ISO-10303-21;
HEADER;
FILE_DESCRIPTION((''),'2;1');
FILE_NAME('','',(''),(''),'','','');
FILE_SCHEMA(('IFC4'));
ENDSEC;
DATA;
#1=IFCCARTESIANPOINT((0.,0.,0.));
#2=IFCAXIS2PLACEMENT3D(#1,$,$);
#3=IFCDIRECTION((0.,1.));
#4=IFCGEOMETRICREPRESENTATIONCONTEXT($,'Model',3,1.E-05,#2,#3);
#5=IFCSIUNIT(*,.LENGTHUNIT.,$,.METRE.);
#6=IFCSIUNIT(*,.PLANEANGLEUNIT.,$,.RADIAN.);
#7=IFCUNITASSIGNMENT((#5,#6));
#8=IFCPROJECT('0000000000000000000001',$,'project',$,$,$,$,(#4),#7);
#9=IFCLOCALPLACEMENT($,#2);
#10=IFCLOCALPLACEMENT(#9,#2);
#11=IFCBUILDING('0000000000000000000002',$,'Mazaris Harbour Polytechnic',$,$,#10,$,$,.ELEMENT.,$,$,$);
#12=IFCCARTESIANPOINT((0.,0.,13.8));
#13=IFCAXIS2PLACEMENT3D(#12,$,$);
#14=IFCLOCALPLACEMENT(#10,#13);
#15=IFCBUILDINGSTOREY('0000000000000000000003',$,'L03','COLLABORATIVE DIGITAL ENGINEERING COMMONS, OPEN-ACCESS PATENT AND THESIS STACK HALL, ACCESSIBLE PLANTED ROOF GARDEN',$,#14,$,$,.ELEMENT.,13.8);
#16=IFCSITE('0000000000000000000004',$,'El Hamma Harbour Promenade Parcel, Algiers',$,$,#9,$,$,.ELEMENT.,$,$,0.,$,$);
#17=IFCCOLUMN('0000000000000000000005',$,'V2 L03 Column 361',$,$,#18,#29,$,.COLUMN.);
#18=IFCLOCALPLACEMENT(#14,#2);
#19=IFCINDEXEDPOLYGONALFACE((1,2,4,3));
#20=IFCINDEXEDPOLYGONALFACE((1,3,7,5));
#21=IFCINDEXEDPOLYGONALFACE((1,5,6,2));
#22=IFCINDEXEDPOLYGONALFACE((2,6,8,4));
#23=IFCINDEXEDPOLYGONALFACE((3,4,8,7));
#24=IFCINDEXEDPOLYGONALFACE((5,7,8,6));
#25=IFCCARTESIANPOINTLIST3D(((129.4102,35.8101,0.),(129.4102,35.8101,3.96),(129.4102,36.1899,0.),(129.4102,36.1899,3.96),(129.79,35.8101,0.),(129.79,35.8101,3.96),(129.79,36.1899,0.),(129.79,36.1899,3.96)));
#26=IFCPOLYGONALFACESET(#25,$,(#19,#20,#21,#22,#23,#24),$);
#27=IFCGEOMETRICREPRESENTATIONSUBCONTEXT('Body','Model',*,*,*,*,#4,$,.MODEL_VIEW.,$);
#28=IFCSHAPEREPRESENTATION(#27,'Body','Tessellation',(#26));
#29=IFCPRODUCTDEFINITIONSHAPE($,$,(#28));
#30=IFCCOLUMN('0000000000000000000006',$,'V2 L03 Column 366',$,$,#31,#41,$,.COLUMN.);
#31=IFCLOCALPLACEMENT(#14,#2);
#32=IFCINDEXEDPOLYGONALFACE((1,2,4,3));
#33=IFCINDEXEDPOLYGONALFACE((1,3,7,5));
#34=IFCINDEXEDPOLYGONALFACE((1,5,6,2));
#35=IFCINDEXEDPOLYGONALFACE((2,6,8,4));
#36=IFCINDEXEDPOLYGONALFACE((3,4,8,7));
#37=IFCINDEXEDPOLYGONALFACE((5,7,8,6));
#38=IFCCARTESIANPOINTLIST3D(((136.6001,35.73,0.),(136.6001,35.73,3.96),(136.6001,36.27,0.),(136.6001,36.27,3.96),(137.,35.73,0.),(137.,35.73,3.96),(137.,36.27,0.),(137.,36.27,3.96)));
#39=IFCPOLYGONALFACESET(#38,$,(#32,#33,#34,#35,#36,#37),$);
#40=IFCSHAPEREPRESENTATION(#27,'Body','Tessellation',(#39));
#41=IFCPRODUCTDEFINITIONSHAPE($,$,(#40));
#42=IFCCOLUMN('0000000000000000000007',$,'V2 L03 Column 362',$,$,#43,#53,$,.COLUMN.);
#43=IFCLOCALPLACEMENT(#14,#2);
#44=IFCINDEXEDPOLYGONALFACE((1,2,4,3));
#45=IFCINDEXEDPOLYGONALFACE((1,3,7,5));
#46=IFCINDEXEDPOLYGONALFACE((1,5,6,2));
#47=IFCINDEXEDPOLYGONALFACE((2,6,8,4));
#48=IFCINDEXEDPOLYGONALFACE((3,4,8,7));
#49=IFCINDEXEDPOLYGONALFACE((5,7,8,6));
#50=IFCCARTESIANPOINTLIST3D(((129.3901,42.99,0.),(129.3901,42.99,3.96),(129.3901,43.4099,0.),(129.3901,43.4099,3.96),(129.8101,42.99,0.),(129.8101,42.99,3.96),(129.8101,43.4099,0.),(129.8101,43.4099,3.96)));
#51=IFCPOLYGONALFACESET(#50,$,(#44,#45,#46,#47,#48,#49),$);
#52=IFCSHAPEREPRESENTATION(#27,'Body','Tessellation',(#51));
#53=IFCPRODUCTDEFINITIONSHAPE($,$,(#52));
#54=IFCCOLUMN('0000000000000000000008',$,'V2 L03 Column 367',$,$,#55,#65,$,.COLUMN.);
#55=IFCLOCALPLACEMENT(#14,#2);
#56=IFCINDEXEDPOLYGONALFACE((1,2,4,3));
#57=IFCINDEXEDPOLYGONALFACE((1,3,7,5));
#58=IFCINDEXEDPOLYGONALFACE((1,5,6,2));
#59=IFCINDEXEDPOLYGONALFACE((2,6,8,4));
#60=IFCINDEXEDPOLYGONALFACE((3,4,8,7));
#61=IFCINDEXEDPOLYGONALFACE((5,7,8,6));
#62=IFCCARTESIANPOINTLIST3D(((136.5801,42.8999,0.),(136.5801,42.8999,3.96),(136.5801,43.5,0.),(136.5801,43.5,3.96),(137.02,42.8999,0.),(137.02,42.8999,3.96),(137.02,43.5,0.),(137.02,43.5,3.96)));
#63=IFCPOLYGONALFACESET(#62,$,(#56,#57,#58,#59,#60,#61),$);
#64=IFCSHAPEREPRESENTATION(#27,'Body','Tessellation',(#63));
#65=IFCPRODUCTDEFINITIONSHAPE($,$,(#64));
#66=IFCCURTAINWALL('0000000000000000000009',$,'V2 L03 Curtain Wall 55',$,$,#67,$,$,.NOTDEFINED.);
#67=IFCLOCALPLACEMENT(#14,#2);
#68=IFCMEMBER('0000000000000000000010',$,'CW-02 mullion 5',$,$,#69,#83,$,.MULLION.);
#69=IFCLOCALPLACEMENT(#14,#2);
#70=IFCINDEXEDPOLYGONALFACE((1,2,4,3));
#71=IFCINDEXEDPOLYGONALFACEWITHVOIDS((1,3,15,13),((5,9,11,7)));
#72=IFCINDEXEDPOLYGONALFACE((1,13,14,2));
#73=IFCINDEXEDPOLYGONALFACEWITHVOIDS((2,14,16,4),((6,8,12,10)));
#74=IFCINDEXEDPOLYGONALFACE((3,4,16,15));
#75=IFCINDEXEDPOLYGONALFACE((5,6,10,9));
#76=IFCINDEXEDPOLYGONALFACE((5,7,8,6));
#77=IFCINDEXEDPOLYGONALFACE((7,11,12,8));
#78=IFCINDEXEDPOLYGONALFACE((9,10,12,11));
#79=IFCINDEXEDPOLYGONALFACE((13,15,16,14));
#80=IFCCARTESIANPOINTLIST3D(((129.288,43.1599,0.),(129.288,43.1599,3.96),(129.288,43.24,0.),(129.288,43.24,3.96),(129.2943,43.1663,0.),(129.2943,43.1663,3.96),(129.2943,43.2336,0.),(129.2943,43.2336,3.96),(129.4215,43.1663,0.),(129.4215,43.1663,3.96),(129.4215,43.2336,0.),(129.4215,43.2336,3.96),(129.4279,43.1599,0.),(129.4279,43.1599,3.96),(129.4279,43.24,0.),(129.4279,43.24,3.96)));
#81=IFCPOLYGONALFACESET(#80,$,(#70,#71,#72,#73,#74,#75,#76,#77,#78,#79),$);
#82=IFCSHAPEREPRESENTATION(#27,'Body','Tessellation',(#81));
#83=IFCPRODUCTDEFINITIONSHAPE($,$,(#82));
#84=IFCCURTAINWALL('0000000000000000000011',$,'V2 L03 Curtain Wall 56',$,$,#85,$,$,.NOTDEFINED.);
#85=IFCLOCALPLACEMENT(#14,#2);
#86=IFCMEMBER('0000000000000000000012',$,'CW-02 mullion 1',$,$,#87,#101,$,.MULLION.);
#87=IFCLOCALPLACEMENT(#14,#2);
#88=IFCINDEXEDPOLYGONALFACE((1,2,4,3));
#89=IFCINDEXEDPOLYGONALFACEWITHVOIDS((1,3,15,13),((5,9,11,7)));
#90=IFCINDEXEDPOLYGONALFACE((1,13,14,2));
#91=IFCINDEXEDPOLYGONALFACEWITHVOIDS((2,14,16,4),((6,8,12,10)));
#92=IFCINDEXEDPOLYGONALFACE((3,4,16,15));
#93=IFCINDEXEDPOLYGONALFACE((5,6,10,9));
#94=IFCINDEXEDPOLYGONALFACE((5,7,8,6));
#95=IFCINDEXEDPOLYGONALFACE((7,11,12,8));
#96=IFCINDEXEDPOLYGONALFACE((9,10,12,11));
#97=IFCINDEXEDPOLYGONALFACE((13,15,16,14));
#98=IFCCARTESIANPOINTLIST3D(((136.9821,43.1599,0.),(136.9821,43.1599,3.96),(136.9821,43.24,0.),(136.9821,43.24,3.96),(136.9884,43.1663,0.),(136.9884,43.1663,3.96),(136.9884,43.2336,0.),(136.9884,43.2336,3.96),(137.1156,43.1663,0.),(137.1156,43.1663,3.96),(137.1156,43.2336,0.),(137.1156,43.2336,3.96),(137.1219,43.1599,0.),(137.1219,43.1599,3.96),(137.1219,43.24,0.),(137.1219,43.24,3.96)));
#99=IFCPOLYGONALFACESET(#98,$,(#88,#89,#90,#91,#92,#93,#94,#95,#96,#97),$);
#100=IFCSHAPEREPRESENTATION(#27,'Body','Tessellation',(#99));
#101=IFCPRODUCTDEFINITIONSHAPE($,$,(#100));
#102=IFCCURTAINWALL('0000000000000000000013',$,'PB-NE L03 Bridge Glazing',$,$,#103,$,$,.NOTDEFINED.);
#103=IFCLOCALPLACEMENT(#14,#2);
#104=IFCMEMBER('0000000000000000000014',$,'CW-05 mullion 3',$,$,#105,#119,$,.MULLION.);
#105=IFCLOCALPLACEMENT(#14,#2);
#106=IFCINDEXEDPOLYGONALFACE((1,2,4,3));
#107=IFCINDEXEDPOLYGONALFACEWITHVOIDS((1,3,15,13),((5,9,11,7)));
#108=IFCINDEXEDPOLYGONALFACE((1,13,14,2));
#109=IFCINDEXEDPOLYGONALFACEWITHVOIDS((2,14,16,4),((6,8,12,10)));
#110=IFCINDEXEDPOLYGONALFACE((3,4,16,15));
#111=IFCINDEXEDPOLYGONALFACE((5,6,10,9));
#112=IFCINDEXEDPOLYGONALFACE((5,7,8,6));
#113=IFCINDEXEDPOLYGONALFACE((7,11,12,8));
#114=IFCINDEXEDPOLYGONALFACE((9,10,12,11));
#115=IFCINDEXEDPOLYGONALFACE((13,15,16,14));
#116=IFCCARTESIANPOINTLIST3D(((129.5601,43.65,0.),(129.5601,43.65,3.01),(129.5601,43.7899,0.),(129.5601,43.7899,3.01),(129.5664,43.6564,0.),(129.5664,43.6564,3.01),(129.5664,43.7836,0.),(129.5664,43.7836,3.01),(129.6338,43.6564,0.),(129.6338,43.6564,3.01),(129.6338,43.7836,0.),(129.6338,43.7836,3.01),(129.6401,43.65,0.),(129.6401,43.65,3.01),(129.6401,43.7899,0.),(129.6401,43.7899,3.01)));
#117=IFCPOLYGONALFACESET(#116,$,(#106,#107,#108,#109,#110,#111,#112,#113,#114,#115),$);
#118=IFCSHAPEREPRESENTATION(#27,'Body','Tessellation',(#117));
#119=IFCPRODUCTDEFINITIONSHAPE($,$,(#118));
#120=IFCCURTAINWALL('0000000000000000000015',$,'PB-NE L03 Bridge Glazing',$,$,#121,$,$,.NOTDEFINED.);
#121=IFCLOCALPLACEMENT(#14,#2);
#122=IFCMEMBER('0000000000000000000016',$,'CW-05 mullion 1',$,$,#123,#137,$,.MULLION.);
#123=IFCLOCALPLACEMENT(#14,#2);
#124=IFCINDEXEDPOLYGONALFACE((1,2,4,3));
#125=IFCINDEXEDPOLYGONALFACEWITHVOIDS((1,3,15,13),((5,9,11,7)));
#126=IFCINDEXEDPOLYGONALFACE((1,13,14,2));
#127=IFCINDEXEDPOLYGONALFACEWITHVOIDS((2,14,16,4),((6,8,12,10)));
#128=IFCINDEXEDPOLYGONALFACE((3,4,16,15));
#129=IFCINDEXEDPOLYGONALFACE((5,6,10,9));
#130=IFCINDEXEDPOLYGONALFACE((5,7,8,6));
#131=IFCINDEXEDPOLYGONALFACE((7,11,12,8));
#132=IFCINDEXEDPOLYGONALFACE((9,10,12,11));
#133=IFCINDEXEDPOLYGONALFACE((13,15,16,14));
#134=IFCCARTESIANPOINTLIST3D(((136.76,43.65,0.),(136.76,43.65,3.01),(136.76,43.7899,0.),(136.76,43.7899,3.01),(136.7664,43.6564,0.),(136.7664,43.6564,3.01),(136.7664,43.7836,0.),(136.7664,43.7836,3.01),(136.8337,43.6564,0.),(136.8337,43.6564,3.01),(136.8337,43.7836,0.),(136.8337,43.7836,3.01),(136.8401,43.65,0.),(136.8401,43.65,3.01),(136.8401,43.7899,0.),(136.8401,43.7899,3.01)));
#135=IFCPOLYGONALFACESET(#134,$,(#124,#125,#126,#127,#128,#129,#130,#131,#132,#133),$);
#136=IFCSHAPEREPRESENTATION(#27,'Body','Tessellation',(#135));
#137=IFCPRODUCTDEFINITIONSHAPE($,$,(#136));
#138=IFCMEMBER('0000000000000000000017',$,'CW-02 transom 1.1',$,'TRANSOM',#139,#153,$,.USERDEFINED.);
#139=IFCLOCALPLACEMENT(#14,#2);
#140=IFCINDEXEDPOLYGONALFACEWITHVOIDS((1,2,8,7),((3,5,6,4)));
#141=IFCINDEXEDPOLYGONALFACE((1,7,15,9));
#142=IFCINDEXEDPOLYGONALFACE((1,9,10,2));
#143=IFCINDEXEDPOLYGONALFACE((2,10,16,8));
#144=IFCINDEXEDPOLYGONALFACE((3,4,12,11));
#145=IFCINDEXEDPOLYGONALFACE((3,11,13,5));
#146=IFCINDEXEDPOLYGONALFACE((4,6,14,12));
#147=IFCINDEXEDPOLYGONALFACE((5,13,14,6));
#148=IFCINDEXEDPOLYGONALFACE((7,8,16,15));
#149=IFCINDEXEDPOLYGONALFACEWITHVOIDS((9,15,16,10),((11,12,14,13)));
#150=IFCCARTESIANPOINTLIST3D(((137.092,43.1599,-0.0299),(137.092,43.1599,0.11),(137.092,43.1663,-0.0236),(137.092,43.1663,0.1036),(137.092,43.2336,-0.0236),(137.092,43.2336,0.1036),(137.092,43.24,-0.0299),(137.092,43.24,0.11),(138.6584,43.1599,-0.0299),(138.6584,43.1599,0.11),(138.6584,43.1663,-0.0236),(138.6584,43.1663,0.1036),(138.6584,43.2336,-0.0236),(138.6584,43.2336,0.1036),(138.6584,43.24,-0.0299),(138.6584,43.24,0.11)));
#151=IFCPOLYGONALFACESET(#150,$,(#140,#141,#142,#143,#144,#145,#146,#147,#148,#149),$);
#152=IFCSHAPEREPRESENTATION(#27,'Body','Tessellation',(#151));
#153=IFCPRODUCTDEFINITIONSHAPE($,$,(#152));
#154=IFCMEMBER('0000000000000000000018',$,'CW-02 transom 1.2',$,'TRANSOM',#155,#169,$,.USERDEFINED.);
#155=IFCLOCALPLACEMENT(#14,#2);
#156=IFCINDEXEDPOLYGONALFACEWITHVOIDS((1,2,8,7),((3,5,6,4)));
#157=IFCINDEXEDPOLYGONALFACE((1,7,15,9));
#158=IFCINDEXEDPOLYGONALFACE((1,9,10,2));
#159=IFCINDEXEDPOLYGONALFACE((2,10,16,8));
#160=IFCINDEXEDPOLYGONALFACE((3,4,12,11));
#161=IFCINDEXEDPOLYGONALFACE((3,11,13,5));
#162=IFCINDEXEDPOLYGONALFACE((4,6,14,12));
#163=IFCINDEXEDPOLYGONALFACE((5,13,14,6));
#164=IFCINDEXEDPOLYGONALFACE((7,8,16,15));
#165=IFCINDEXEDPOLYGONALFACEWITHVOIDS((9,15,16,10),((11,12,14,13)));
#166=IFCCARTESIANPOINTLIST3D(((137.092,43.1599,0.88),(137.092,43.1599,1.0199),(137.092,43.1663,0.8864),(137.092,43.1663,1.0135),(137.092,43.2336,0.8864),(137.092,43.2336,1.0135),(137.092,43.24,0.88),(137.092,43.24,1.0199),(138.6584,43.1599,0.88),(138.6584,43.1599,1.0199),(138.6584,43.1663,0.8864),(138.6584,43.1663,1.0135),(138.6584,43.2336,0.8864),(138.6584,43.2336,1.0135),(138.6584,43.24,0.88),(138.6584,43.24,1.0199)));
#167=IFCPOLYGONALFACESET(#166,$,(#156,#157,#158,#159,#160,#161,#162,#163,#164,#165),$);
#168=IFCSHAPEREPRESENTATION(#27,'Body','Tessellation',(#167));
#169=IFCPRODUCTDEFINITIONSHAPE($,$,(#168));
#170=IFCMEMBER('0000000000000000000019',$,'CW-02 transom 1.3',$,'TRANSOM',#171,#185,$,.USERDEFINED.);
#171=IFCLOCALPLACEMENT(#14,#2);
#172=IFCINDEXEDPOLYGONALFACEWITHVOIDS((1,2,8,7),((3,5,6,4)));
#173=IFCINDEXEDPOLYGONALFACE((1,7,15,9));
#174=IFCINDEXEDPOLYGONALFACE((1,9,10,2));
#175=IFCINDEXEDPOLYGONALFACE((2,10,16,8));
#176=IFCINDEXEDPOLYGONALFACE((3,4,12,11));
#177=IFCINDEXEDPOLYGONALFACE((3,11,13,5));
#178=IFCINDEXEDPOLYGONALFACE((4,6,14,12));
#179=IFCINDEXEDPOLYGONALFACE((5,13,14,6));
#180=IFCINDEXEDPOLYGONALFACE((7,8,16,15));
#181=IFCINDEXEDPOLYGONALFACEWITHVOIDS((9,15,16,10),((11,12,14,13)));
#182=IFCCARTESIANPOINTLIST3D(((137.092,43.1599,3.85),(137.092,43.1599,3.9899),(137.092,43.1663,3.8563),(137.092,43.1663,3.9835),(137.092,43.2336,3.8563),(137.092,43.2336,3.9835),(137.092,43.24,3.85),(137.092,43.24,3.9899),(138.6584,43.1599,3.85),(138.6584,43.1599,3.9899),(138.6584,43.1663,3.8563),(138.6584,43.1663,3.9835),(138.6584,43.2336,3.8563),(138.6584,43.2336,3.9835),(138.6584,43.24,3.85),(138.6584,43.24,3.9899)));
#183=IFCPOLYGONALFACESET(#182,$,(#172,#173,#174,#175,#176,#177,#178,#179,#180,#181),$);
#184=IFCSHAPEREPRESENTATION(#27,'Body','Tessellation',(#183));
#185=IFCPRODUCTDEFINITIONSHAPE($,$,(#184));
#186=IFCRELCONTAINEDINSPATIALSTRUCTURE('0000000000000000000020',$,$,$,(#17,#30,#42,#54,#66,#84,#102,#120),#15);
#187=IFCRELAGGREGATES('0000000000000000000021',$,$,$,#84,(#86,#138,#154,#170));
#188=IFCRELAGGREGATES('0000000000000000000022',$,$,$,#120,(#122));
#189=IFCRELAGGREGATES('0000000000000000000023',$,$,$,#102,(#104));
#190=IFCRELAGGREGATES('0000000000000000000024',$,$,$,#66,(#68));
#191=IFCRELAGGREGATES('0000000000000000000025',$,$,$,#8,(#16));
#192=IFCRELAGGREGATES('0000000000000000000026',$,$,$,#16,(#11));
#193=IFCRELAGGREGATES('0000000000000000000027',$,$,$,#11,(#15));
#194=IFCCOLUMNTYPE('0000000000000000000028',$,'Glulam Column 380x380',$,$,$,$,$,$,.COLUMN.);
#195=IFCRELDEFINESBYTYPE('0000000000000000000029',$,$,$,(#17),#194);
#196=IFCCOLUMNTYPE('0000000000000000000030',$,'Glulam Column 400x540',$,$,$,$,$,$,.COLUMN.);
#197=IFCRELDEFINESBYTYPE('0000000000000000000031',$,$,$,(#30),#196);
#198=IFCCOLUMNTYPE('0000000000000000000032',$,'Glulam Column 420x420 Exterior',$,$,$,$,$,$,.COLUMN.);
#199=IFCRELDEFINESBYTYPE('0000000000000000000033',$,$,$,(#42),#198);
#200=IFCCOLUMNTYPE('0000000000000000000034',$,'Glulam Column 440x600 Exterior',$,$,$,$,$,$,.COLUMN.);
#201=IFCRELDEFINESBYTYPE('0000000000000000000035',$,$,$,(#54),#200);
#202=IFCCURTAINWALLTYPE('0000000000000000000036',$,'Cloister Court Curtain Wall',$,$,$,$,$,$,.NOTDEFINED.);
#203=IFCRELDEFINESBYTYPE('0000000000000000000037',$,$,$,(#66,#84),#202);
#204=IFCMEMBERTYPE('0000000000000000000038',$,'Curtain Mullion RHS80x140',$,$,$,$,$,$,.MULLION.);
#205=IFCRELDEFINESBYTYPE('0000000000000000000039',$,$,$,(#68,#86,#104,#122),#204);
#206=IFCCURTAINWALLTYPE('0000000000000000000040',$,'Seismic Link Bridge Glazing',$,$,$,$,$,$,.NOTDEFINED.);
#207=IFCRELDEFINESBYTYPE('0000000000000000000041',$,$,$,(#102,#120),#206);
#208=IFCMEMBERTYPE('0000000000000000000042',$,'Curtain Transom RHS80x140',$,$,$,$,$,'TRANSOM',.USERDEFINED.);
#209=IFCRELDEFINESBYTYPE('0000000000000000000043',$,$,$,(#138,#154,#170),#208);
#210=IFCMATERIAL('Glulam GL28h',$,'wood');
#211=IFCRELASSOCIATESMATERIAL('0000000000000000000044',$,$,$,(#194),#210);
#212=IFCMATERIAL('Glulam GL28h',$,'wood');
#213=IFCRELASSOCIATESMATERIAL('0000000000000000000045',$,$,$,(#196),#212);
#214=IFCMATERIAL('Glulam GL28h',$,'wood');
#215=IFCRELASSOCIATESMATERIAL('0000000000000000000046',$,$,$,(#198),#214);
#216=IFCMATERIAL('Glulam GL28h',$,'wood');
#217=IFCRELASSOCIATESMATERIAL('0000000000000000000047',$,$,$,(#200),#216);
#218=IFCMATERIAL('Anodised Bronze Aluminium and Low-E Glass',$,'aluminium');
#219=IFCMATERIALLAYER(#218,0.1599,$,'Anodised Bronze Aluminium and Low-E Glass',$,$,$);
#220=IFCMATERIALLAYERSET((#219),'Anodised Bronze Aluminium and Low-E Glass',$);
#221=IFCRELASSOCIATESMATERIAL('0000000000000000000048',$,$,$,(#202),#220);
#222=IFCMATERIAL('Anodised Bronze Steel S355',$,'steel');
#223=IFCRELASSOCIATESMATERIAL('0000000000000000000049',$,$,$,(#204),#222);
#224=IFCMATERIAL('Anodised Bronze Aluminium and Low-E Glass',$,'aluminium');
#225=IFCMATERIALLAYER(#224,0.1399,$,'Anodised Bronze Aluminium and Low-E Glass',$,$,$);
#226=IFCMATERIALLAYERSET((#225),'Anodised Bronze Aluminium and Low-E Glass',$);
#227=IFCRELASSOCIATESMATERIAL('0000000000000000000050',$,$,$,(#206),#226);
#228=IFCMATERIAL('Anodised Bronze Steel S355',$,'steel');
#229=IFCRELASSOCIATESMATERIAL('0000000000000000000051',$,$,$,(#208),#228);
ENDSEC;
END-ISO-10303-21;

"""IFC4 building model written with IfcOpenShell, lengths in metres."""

from ifc_helpers import new_model, si_unit, direction, frame, origin, origin_2d, place, context, subcontext, project, spatial, rectangle, hollow_rectangle, extrude, material, layer, layer_set, material_profile, profile_set, type_object, element, aggregate, save


model = new_model("IFC4")

# Units and contexts
model_context = context("Model", 3, precision=1e-05, world=origin(), true_north=direction((0.0, 1.0)))
body_context = subcontext(model_context, "Body", "Model", "MODEL_VIEW")
ifc_project = project(units=[si_unit("LENGTHUNIT", "METRE"), si_unit("PLANEANGLEUNIT", "RADIAN")], contexts=[model_context])

# Site, building, storey
site_placement = place(None, origin())
site = spatial("IfcSite", under=ifc_project, at=site_placement, Name="El Hamma Harbour Promenade Parcel, Algiers", CompositionType="ELEMENT", RefElevation=0.0)
building_placement = place(site_placement, origin())
building = spatial("IfcBuilding", under=site, at=building_placement, Name="Mazaris Harbour Polytechnic", CompositionType="ELEMENT")
storey_placement = place(building_placement, frame((0.0, 0.0, 13.8)))
storey = spatial("IfcBuildingStorey", under=building, at=storey_placement, Name="L03", Description="COLLABORATIVE DIGITAL ENGINEERING COMMONS, OPEN-ACCESS PATENT AND THESIS STACK HALL, ACCESSIBLE PLANTED ROOF GARDEN", CompositionType="ELEMENT", Elevation=13.8)

# Columns
ifc_material_1 = material(Name="Glulam GL28h", Category="wood")
ifc_material_profile_1 = material_profile(ifc_material_1, rectangle(XDim=0.3799, YDim=0.3799, at=origin_2d()), Name="RECT380x380")
ifc_profile_set_1 = profile_set([ifc_material_profile_1], Name="Glulam GL28h")
column_type_1 = type_object("IfcColumnType", Name="Glulam Column 380x380", PredefinedType="COLUMN", material=ifc_profile_set_1)
column_1_placement = place(storey_placement, frame((129.6001, 36.0, 0.0), z_axis=(0.0, 0.0, 1.0), x_axis=(1.0, 0.0, 0.0)))
element("IfcColumn", 1, at=column_1_placement, inside=storey, type_object=column_type_1, Name="V2 L03 Column 361", PredefinedType="COLUMN", context=body_context, shape_type="SweptSolid", body=[
    extrude(rectangle(XDim=0.3799, YDim=0.3799, at=origin_2d()), origin(), (0.0, 0.0, 1.0), 3.96),
])
ifc_material_2 = material(Name="Glulam GL28h", Category="wood")
ifc_material_profile_2 = material_profile(ifc_material_2, rectangle(XDim=0.3999, YDim=0.54, at=origin_2d()), Name="RECT400x540")
ifc_profile_set_2 = profile_set([ifc_material_profile_2], Name="Glulam GL28h")
column_type_2 = type_object("IfcColumnType", Name="Glulam Column 400x540", PredefinedType="COLUMN", material=ifc_profile_set_2)
column_2_placement = place(storey_placement, frame((136.8, 36.0, 0.0), z_axis=(0.0, 0.0, 1.0), x_axis=(1.0, 0.0, 0.0)))
element("IfcColumn", 2, at=column_2_placement, inside=storey, type_object=column_type_2, Name="V2 L03 Column 366", PredefinedType="COLUMN", context=body_context, shape_type="SweptSolid", body=[
    extrude(rectangle(XDim=0.3999, YDim=0.54, at=origin_2d()), origin(), (0.0, 0.0, 1.0), 3.96),
])
ifc_material_3 = material(Name="Glulam GL28h", Category="wood")
ifc_material_profile_3 = material_profile(ifc_material_3, rectangle(XDim=0.4199, YDim=0.4199, at=origin_2d()), Name="RECT420x420")
ifc_profile_set_3 = profile_set([ifc_material_profile_3], Name="Glulam GL28h")
column_type_3 = type_object("IfcColumnType", Name="Glulam Column 420x420 Exterior", PredefinedType="COLUMN", material=ifc_profile_set_3)
column_3_placement = place(storey_placement, frame((129.6001, 43.2, 0.0), z_axis=(0.0, 0.0, 1.0), x_axis=(1.0, 0.0, 0.0)))
element("IfcColumn", 3, at=column_3_placement, inside=storey, type_object=column_type_3, Name="V2 L03 Column 362", PredefinedType="COLUMN", context=body_context, shape_type="SweptSolid", body=[
    extrude(rectangle(XDim=0.4199, YDim=0.4199, at=origin_2d()), origin(), (0.0, 0.0, 1.0), 3.96),
])
ifc_material_4 = material(Name="Glulam GL28h", Category="wood")
ifc_material_profile_4 = material_profile(ifc_material_4, rectangle(XDim=0.4399, YDim=0.6001, at=origin_2d()), Name="RECT440x600")
ifc_profile_set_4 = profile_set([ifc_material_profile_4], Name="Glulam GL28h")
column_type_4 = type_object("IfcColumnType", Name="Glulam Column 440x600 Exterior", PredefinedType="COLUMN", material=ifc_profile_set_4)
column_4_placement = place(storey_placement, frame((136.8, 43.2, 0.0), z_axis=(0.0, 0.0, 1.0), x_axis=(1.0, 0.0, 0.0)))
element("IfcColumn", 4, at=column_4_placement, inside=storey, type_object=column_type_4, Name="V2 L03 Column 367", PredefinedType="COLUMN", context=body_context, shape_type="SweptSolid", body=[
    extrude(rectangle(XDim=0.4399, YDim=0.6001, at=origin_2d()), origin(), (0.0, 0.0, 1.0), 3.96),
])

# Curtain walls, members
ifc_material_5 = material(Name="Anodised Bronze Aluminium and Low-E Glass", Category="aluminium")
ifc_layer_1 = layer(ifc_material_5, 0.1599, Name="Anodised Bronze Aluminium and Low-E Glass")
ifc_layer_set_1 = layer_set([ifc_layer_1], Name="Anodised Bronze Aluminium and Low-E Glass")
curtain_wall_type_1 = type_object("IfcCurtainWallType", Name="Cloister Court Curtain Wall", PredefinedType="NOTDEFINED", material=ifc_layer_set_1)
curtain_wall_1_placement = place(storey_placement, origin())
curtain_wall_1 = element("IfcCurtainWall", 5, at=curtain_wall_1_placement, inside=storey, type_object=curtain_wall_type_1, Name="V2 L03 Curtain Wall 55", PredefinedType="NOTDEFINED")
ifc_material_6 = material(Name="Anodised Bronze Steel S355", Category="steel")
ifc_material_profile_5 = material_profile(ifc_material_6, hollow_rectangle(XDim=0.0801, YDim=0.1399, WallThickness=0.0063, at=origin_2d()), Name="RHS 80x140x6.3")
ifc_profile_set_5 = profile_set([ifc_material_profile_5], Name="Anodised Bronze Steel S355")
member_type_1 = type_object("IfcMemberType", Name="Curtain Mullion RHS80x140", PredefinedType="MULLION", material=ifc_profile_set_5)
member_1_placement = place(storey_placement, frame((129.3579, 43.2, 0.0), z_axis=(0.0, 0.0, 1.0), x_axis=(0.0, 1.0, 0.0)))
member_1 = element("IfcMember", 6, at=member_1_placement, type_object=member_type_1, Name="CW-02 mullion 5", PredefinedType="MULLION", context=body_context, shape_type="SweptSolid", body=[
    extrude(hollow_rectangle(XDim=0.0801, YDim=0.1399, WallThickness=0.0063, at=origin_2d()), origin(), (0.0, 0.0, 1.0), 3.96),
])
curtain_wall_2_placement = place(storey_placement, origin())
curtain_wall_2 = element("IfcCurtainWall", 7, at=curtain_wall_2_placement, inside=storey, type_object=curtain_wall_type_1, Name="V2 L03 Curtain Wall 56", PredefinedType="NOTDEFINED")
member_2_placement = place(storey_placement, frame((137.052, 43.2, 0.0), z_axis=(0.0, 0.0, 1.0), x_axis=(0.0, 1.0, 0.0)))
member_2 = element("IfcMember", 8, at=member_2_placement, type_object=member_type_1, Name="CW-02 mullion 1", PredefinedType="MULLION", context=body_context, shape_type="SweptSolid", body=[
    extrude(hollow_rectangle(XDim=0.0801, YDim=0.1399, WallThickness=0.0063, at=origin_2d()), origin(), (0.0, 0.0, 1.0), 3.96),
])
ifc_material_7 = material(Name="Anodised Bronze Aluminium and Low-E Glass", Category="aluminium")
ifc_layer_2 = layer(ifc_material_7, 0.1399, Name="Anodised Bronze Aluminium and Low-E Glass")
ifc_layer_set_2 = layer_set([ifc_layer_2], Name="Anodised Bronze Aluminium and Low-E Glass")
curtain_wall_type_2 = type_object("IfcCurtainWallType", Name="Seismic Link Bridge Glazing", PredefinedType="NOTDEFINED", material=ifc_layer_set_2)
curtain_wall_3_placement = place(storey_placement, origin())
curtain_wall_3 = element("IfcCurtainWall", 9, at=curtain_wall_3_placement, inside=storey, type_object=curtain_wall_type_2, Name="PB-NE L03 Bridge Glazing", PredefinedType="NOTDEFINED")
member_3_placement = place(storey_placement, frame((129.6001, 43.72, 0.0), z_axis=(0.0, 0.0, 1.0), x_axis=(1.0, 0.0, 0.0)))
member_3 = element("IfcMember", 10, at=member_3_placement, type_object=member_type_1, Name="CW-05 mullion 3", PredefinedType="MULLION", context=body_context, shape_type="SweptSolid", body=[
    extrude(hollow_rectangle(XDim=0.0801, YDim=0.1399, WallThickness=0.0063, at=origin_2d()), origin(), (0.0, 0.0, 1.0), 3.01),
])
curtain_wall_4_placement = place(storey_placement, origin())
curtain_wall_4 = element("IfcCurtainWall", 11, at=curtain_wall_4_placement, inside=storey, type_object=curtain_wall_type_2, Name="PB-NE L03 Bridge Glazing", PredefinedType="NOTDEFINED")
member_4_placement = place(storey_placement, frame((136.8, 43.72, 0.0), z_axis=(0.0, 0.0, 1.0), x_axis=(-1.0, 0.0, 0.0)))
member_4 = element("IfcMember", 12, at=member_4_placement, type_object=member_type_1, Name="CW-05 mullion 1", PredefinedType="MULLION", context=body_context, shape_type="SweptSolid", body=[
    extrude(hollow_rectangle(XDim=0.0801, YDim=0.1399, WallThickness=0.0063, at=origin_2d()), origin(), (0.0, 0.0, 1.0), 3.01),
])

# Members
ifc_material_8 = material(Name="Anodised Bronze Steel S355", Category="steel")
ifc_material_profile_6 = material_profile(ifc_material_8, hollow_rectangle(XDim=0.0801, YDim=0.1399, WallThickness=0.0063, at=origin_2d()), Name="RHS 80x140x6.3")
ifc_profile_set_6 = profile_set([ifc_material_profile_6], Name="Anodised Bronze Steel S355")
member_type_2 = type_object("IfcMemberType", Name="Curtain Transom RHS80x140", ElementType="TRANSOM", PredefinedType="USERDEFINED", material=ifc_profile_set_6)
member_5_placement = place(storey_placement, frame((137.092, 43.2, 0.04), z_axis=(1.0, 0.0, 0.0), x_axis=(0.0, 1.0, 0.0)))
member_5 = element("IfcMember", 13, at=member_5_placement, type_object=member_type_2, Name="CW-02 transom 1.1", ObjectType="TRANSOM", PredefinedType="USERDEFINED", context=body_context, shape_type="SweptSolid", body=[
    extrude(hollow_rectangle(XDim=0.0801, YDim=0.1399, WallThickness=0.0063, at=origin_2d()), origin(), (0.0, 0.0, 1.0), 1.5664),
])
member_6_placement = place(storey_placement, frame((137.092, 43.2, 0.95), z_axis=(1.0, 0.0, 0.0), x_axis=(0.0, 1.0, 0.0)))
member_6 = element("IfcMember", 14, at=member_6_placement, type_object=member_type_2, Name="CW-02 transom 1.2", ObjectType="TRANSOM", PredefinedType="USERDEFINED", context=body_context, shape_type="SweptSolid", body=[
    extrude(hollow_rectangle(XDim=0.0801, YDim=0.1399, WallThickness=0.0063, at=origin_2d()), origin(), (0.0, 0.0, 1.0), 1.5664),
])
member_7_placement = place(storey_placement, frame((137.092, 43.2, 3.9199), z_axis=(1.0, 0.0, 0.0), x_axis=(0.0, 1.0, 0.0)))
member_7 = element("IfcMember", 15, at=member_7_placement, type_object=member_type_2, Name="CW-02 transom 1.3", ObjectType="TRANSOM", PredefinedType="USERDEFINED", context=body_context, shape_type="SweptSolid", body=[
    extrude(hollow_rectangle(XDim=0.0801, YDim=0.1399, WallThickness=0.0063, at=origin_2d()), origin(), (0.0, 0.0, 1.0), 1.5664),
])
aggregate(curtain_wall_2, [member_2, member_5, member_6, member_7])
aggregate(curtain_wall_4, [member_4])

aggregate(curtain_wall_3, [member_3])
aggregate(curtain_wall_1, [member_1])

save(model, "model.ifc")
